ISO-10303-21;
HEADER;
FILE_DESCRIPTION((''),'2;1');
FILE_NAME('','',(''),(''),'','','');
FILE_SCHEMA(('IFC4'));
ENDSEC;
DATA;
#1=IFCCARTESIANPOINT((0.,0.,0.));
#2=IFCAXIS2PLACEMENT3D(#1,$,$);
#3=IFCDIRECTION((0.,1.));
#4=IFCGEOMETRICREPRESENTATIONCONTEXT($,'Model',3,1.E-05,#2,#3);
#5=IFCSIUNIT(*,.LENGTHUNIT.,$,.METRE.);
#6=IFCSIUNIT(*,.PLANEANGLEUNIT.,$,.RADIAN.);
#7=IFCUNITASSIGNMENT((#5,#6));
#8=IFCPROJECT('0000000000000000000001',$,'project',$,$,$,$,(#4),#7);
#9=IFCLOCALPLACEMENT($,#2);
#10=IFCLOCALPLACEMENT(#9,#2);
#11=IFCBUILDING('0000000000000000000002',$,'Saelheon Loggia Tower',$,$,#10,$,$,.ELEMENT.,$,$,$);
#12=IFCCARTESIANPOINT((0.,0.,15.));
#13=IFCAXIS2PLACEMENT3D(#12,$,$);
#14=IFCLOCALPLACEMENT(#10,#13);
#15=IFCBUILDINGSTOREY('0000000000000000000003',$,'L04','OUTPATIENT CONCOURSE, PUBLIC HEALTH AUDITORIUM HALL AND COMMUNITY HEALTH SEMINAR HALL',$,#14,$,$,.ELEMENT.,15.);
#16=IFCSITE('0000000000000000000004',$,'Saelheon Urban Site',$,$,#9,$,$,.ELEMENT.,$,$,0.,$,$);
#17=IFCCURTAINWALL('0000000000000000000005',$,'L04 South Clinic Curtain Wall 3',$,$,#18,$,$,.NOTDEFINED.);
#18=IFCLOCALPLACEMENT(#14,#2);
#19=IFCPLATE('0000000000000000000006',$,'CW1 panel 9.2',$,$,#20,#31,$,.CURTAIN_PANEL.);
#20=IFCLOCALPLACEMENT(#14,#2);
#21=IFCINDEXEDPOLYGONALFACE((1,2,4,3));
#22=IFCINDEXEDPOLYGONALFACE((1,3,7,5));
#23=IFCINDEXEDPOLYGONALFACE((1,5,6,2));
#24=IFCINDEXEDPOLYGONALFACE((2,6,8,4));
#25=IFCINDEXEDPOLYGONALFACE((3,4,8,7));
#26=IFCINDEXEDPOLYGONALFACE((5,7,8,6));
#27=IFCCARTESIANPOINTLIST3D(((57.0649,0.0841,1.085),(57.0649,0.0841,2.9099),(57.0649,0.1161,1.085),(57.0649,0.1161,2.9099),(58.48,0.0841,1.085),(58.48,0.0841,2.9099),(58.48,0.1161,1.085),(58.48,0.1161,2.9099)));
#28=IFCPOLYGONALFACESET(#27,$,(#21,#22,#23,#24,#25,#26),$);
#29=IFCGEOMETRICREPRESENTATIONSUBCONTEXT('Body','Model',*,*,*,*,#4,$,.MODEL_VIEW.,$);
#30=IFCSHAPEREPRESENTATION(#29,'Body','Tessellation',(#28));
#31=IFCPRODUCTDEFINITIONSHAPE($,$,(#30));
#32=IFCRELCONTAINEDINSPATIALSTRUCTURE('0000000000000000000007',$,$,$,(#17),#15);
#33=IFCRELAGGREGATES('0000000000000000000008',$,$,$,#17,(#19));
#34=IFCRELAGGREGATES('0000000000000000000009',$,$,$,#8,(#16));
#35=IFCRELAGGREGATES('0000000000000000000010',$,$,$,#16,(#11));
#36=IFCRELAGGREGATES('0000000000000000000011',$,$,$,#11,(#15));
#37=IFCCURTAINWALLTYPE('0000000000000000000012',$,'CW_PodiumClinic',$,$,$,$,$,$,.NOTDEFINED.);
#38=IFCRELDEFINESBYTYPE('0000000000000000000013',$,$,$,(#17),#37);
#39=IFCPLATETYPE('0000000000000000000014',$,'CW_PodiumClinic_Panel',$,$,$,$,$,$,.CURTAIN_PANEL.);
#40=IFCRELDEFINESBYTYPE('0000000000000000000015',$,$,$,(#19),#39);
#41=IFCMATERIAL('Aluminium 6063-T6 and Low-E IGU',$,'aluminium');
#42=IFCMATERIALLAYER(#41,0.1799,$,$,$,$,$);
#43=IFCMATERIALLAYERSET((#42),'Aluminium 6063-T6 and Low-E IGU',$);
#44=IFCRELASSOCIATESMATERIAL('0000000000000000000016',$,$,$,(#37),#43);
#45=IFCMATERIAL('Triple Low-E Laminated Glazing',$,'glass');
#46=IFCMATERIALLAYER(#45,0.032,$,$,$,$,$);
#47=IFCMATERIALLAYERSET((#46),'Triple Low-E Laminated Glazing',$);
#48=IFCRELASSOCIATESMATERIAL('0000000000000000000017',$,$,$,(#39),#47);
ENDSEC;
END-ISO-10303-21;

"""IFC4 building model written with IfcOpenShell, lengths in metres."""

from ifc_helpers import new_model, si_unit, direction, frame, origin, origin_2d, place, context, subcontext, project, spatial, rectangle, extrude, source, transform, mapped, material, layer, layer_set, type_object, element, aggregate, save


model = new_model("IFC4")

# Units and contexts
model_context = context("Model", 3, precision=1e-05, world=origin(), true_north=direction((0.0, 1.0)))
body_context = subcontext(model_context, "Body", "Model", "MODEL_VIEW")
ifc_project = project(units=[si_unit("LENGTHUNIT", "METRE"), si_unit("PLANEANGLEUNIT", "RADIAN")], contexts=[model_context])

# Site, building, storey
site_placement = place(None, origin())
site = spatial("IfcSite", under=ifc_project, at=site_placement, Name="Saelheon Urban Site", CompositionType="ELEMENT", RefElevation=0.0)
building_placement = place(site_placement, origin())
building = spatial("IfcBuilding", under=site, at=building_placement, Name="Saelheon Loggia Tower", CompositionType="ELEMENT")
storey_placement = place(building_placement, frame((0.0, 0.0, 15.0)))
storey = spatial("IfcBuildingStorey", under=building, at=storey_placement, Name="L04", Description="OUTPATIENT CONCOURSE, PUBLIC HEALTH AUDITORIUM HALL AND COMMUNITY HEALTH SEMINAR HALL", CompositionType="ELEMENT", Elevation=15.0)

# Curtain wall, plate
ifc_material_1 = material(Name="Aluminium 6063-T6 and Low-E IGU", Category="aluminium")
ifc_layer_1 = layer(ifc_material_1, 0.1799)
ifc_layer_set_1 = layer_set([ifc_layer_1], Name="Aluminium 6063-T6 and Low-E IGU")
curtain_wall_type = type_object("IfcCurtainWallType", Name="CW_PodiumClinic", PredefinedType="NOTDEFINED", material=ifc_layer_set_1)
curtain_wall_placement = place(storey_placement, origin())
curtain_wall = element("IfcCurtainWall", 1, at=curtain_wall_placement, inside=storey, type_object=curtain_wall_type, Name="L04 South Clinic Curtain Wall 3", PredefinedType="NOTDEFINED")
ifc_material_2 = material(Name="Triple Low-E Laminated Glazing", Category="glass")
ifc_layer_2 = layer(ifc_material_2, 0.032)
ifc_layer_set_2 = layer_set([ifc_layer_2], Name="Triple Low-E Laminated Glazing")
plate_type = type_object("IfcPlateType", Name="CW_PodiumClinic_Panel", PredefinedType="CURTAIN_PANEL", material=ifc_layer_set_2)
shared_shape_1 = source(origin(), body_context, "Body", "SweptSolid", [
    extrude(rectangle(XDim=1.415, YDim=0.032, at=origin_2d()), origin(), (0.0, 0.0, 1.0), 1.825),
])
plate_1_placement = place(storey_placement, frame((57.7725, 0.1001, 1.085), z_axis=(0.0, 0.0, 1.0), x_axis=(1.0, 0.0, 0.0)))
plate_1 = element("IfcPlate", 2, at=plate_1_placement, type_object=plate_type, Name="CW1 panel 9.2", PredefinedType="CURTAIN_PANEL", context=body_context, shape_type="MappedRepresentation", body=[
    mapped(shared_shape_1, transform((0.0, 0.0, 0.0), scale=1.0)),
])
aggregate(curtain_wall, [plate_1])

save(model, "model.ifc")
